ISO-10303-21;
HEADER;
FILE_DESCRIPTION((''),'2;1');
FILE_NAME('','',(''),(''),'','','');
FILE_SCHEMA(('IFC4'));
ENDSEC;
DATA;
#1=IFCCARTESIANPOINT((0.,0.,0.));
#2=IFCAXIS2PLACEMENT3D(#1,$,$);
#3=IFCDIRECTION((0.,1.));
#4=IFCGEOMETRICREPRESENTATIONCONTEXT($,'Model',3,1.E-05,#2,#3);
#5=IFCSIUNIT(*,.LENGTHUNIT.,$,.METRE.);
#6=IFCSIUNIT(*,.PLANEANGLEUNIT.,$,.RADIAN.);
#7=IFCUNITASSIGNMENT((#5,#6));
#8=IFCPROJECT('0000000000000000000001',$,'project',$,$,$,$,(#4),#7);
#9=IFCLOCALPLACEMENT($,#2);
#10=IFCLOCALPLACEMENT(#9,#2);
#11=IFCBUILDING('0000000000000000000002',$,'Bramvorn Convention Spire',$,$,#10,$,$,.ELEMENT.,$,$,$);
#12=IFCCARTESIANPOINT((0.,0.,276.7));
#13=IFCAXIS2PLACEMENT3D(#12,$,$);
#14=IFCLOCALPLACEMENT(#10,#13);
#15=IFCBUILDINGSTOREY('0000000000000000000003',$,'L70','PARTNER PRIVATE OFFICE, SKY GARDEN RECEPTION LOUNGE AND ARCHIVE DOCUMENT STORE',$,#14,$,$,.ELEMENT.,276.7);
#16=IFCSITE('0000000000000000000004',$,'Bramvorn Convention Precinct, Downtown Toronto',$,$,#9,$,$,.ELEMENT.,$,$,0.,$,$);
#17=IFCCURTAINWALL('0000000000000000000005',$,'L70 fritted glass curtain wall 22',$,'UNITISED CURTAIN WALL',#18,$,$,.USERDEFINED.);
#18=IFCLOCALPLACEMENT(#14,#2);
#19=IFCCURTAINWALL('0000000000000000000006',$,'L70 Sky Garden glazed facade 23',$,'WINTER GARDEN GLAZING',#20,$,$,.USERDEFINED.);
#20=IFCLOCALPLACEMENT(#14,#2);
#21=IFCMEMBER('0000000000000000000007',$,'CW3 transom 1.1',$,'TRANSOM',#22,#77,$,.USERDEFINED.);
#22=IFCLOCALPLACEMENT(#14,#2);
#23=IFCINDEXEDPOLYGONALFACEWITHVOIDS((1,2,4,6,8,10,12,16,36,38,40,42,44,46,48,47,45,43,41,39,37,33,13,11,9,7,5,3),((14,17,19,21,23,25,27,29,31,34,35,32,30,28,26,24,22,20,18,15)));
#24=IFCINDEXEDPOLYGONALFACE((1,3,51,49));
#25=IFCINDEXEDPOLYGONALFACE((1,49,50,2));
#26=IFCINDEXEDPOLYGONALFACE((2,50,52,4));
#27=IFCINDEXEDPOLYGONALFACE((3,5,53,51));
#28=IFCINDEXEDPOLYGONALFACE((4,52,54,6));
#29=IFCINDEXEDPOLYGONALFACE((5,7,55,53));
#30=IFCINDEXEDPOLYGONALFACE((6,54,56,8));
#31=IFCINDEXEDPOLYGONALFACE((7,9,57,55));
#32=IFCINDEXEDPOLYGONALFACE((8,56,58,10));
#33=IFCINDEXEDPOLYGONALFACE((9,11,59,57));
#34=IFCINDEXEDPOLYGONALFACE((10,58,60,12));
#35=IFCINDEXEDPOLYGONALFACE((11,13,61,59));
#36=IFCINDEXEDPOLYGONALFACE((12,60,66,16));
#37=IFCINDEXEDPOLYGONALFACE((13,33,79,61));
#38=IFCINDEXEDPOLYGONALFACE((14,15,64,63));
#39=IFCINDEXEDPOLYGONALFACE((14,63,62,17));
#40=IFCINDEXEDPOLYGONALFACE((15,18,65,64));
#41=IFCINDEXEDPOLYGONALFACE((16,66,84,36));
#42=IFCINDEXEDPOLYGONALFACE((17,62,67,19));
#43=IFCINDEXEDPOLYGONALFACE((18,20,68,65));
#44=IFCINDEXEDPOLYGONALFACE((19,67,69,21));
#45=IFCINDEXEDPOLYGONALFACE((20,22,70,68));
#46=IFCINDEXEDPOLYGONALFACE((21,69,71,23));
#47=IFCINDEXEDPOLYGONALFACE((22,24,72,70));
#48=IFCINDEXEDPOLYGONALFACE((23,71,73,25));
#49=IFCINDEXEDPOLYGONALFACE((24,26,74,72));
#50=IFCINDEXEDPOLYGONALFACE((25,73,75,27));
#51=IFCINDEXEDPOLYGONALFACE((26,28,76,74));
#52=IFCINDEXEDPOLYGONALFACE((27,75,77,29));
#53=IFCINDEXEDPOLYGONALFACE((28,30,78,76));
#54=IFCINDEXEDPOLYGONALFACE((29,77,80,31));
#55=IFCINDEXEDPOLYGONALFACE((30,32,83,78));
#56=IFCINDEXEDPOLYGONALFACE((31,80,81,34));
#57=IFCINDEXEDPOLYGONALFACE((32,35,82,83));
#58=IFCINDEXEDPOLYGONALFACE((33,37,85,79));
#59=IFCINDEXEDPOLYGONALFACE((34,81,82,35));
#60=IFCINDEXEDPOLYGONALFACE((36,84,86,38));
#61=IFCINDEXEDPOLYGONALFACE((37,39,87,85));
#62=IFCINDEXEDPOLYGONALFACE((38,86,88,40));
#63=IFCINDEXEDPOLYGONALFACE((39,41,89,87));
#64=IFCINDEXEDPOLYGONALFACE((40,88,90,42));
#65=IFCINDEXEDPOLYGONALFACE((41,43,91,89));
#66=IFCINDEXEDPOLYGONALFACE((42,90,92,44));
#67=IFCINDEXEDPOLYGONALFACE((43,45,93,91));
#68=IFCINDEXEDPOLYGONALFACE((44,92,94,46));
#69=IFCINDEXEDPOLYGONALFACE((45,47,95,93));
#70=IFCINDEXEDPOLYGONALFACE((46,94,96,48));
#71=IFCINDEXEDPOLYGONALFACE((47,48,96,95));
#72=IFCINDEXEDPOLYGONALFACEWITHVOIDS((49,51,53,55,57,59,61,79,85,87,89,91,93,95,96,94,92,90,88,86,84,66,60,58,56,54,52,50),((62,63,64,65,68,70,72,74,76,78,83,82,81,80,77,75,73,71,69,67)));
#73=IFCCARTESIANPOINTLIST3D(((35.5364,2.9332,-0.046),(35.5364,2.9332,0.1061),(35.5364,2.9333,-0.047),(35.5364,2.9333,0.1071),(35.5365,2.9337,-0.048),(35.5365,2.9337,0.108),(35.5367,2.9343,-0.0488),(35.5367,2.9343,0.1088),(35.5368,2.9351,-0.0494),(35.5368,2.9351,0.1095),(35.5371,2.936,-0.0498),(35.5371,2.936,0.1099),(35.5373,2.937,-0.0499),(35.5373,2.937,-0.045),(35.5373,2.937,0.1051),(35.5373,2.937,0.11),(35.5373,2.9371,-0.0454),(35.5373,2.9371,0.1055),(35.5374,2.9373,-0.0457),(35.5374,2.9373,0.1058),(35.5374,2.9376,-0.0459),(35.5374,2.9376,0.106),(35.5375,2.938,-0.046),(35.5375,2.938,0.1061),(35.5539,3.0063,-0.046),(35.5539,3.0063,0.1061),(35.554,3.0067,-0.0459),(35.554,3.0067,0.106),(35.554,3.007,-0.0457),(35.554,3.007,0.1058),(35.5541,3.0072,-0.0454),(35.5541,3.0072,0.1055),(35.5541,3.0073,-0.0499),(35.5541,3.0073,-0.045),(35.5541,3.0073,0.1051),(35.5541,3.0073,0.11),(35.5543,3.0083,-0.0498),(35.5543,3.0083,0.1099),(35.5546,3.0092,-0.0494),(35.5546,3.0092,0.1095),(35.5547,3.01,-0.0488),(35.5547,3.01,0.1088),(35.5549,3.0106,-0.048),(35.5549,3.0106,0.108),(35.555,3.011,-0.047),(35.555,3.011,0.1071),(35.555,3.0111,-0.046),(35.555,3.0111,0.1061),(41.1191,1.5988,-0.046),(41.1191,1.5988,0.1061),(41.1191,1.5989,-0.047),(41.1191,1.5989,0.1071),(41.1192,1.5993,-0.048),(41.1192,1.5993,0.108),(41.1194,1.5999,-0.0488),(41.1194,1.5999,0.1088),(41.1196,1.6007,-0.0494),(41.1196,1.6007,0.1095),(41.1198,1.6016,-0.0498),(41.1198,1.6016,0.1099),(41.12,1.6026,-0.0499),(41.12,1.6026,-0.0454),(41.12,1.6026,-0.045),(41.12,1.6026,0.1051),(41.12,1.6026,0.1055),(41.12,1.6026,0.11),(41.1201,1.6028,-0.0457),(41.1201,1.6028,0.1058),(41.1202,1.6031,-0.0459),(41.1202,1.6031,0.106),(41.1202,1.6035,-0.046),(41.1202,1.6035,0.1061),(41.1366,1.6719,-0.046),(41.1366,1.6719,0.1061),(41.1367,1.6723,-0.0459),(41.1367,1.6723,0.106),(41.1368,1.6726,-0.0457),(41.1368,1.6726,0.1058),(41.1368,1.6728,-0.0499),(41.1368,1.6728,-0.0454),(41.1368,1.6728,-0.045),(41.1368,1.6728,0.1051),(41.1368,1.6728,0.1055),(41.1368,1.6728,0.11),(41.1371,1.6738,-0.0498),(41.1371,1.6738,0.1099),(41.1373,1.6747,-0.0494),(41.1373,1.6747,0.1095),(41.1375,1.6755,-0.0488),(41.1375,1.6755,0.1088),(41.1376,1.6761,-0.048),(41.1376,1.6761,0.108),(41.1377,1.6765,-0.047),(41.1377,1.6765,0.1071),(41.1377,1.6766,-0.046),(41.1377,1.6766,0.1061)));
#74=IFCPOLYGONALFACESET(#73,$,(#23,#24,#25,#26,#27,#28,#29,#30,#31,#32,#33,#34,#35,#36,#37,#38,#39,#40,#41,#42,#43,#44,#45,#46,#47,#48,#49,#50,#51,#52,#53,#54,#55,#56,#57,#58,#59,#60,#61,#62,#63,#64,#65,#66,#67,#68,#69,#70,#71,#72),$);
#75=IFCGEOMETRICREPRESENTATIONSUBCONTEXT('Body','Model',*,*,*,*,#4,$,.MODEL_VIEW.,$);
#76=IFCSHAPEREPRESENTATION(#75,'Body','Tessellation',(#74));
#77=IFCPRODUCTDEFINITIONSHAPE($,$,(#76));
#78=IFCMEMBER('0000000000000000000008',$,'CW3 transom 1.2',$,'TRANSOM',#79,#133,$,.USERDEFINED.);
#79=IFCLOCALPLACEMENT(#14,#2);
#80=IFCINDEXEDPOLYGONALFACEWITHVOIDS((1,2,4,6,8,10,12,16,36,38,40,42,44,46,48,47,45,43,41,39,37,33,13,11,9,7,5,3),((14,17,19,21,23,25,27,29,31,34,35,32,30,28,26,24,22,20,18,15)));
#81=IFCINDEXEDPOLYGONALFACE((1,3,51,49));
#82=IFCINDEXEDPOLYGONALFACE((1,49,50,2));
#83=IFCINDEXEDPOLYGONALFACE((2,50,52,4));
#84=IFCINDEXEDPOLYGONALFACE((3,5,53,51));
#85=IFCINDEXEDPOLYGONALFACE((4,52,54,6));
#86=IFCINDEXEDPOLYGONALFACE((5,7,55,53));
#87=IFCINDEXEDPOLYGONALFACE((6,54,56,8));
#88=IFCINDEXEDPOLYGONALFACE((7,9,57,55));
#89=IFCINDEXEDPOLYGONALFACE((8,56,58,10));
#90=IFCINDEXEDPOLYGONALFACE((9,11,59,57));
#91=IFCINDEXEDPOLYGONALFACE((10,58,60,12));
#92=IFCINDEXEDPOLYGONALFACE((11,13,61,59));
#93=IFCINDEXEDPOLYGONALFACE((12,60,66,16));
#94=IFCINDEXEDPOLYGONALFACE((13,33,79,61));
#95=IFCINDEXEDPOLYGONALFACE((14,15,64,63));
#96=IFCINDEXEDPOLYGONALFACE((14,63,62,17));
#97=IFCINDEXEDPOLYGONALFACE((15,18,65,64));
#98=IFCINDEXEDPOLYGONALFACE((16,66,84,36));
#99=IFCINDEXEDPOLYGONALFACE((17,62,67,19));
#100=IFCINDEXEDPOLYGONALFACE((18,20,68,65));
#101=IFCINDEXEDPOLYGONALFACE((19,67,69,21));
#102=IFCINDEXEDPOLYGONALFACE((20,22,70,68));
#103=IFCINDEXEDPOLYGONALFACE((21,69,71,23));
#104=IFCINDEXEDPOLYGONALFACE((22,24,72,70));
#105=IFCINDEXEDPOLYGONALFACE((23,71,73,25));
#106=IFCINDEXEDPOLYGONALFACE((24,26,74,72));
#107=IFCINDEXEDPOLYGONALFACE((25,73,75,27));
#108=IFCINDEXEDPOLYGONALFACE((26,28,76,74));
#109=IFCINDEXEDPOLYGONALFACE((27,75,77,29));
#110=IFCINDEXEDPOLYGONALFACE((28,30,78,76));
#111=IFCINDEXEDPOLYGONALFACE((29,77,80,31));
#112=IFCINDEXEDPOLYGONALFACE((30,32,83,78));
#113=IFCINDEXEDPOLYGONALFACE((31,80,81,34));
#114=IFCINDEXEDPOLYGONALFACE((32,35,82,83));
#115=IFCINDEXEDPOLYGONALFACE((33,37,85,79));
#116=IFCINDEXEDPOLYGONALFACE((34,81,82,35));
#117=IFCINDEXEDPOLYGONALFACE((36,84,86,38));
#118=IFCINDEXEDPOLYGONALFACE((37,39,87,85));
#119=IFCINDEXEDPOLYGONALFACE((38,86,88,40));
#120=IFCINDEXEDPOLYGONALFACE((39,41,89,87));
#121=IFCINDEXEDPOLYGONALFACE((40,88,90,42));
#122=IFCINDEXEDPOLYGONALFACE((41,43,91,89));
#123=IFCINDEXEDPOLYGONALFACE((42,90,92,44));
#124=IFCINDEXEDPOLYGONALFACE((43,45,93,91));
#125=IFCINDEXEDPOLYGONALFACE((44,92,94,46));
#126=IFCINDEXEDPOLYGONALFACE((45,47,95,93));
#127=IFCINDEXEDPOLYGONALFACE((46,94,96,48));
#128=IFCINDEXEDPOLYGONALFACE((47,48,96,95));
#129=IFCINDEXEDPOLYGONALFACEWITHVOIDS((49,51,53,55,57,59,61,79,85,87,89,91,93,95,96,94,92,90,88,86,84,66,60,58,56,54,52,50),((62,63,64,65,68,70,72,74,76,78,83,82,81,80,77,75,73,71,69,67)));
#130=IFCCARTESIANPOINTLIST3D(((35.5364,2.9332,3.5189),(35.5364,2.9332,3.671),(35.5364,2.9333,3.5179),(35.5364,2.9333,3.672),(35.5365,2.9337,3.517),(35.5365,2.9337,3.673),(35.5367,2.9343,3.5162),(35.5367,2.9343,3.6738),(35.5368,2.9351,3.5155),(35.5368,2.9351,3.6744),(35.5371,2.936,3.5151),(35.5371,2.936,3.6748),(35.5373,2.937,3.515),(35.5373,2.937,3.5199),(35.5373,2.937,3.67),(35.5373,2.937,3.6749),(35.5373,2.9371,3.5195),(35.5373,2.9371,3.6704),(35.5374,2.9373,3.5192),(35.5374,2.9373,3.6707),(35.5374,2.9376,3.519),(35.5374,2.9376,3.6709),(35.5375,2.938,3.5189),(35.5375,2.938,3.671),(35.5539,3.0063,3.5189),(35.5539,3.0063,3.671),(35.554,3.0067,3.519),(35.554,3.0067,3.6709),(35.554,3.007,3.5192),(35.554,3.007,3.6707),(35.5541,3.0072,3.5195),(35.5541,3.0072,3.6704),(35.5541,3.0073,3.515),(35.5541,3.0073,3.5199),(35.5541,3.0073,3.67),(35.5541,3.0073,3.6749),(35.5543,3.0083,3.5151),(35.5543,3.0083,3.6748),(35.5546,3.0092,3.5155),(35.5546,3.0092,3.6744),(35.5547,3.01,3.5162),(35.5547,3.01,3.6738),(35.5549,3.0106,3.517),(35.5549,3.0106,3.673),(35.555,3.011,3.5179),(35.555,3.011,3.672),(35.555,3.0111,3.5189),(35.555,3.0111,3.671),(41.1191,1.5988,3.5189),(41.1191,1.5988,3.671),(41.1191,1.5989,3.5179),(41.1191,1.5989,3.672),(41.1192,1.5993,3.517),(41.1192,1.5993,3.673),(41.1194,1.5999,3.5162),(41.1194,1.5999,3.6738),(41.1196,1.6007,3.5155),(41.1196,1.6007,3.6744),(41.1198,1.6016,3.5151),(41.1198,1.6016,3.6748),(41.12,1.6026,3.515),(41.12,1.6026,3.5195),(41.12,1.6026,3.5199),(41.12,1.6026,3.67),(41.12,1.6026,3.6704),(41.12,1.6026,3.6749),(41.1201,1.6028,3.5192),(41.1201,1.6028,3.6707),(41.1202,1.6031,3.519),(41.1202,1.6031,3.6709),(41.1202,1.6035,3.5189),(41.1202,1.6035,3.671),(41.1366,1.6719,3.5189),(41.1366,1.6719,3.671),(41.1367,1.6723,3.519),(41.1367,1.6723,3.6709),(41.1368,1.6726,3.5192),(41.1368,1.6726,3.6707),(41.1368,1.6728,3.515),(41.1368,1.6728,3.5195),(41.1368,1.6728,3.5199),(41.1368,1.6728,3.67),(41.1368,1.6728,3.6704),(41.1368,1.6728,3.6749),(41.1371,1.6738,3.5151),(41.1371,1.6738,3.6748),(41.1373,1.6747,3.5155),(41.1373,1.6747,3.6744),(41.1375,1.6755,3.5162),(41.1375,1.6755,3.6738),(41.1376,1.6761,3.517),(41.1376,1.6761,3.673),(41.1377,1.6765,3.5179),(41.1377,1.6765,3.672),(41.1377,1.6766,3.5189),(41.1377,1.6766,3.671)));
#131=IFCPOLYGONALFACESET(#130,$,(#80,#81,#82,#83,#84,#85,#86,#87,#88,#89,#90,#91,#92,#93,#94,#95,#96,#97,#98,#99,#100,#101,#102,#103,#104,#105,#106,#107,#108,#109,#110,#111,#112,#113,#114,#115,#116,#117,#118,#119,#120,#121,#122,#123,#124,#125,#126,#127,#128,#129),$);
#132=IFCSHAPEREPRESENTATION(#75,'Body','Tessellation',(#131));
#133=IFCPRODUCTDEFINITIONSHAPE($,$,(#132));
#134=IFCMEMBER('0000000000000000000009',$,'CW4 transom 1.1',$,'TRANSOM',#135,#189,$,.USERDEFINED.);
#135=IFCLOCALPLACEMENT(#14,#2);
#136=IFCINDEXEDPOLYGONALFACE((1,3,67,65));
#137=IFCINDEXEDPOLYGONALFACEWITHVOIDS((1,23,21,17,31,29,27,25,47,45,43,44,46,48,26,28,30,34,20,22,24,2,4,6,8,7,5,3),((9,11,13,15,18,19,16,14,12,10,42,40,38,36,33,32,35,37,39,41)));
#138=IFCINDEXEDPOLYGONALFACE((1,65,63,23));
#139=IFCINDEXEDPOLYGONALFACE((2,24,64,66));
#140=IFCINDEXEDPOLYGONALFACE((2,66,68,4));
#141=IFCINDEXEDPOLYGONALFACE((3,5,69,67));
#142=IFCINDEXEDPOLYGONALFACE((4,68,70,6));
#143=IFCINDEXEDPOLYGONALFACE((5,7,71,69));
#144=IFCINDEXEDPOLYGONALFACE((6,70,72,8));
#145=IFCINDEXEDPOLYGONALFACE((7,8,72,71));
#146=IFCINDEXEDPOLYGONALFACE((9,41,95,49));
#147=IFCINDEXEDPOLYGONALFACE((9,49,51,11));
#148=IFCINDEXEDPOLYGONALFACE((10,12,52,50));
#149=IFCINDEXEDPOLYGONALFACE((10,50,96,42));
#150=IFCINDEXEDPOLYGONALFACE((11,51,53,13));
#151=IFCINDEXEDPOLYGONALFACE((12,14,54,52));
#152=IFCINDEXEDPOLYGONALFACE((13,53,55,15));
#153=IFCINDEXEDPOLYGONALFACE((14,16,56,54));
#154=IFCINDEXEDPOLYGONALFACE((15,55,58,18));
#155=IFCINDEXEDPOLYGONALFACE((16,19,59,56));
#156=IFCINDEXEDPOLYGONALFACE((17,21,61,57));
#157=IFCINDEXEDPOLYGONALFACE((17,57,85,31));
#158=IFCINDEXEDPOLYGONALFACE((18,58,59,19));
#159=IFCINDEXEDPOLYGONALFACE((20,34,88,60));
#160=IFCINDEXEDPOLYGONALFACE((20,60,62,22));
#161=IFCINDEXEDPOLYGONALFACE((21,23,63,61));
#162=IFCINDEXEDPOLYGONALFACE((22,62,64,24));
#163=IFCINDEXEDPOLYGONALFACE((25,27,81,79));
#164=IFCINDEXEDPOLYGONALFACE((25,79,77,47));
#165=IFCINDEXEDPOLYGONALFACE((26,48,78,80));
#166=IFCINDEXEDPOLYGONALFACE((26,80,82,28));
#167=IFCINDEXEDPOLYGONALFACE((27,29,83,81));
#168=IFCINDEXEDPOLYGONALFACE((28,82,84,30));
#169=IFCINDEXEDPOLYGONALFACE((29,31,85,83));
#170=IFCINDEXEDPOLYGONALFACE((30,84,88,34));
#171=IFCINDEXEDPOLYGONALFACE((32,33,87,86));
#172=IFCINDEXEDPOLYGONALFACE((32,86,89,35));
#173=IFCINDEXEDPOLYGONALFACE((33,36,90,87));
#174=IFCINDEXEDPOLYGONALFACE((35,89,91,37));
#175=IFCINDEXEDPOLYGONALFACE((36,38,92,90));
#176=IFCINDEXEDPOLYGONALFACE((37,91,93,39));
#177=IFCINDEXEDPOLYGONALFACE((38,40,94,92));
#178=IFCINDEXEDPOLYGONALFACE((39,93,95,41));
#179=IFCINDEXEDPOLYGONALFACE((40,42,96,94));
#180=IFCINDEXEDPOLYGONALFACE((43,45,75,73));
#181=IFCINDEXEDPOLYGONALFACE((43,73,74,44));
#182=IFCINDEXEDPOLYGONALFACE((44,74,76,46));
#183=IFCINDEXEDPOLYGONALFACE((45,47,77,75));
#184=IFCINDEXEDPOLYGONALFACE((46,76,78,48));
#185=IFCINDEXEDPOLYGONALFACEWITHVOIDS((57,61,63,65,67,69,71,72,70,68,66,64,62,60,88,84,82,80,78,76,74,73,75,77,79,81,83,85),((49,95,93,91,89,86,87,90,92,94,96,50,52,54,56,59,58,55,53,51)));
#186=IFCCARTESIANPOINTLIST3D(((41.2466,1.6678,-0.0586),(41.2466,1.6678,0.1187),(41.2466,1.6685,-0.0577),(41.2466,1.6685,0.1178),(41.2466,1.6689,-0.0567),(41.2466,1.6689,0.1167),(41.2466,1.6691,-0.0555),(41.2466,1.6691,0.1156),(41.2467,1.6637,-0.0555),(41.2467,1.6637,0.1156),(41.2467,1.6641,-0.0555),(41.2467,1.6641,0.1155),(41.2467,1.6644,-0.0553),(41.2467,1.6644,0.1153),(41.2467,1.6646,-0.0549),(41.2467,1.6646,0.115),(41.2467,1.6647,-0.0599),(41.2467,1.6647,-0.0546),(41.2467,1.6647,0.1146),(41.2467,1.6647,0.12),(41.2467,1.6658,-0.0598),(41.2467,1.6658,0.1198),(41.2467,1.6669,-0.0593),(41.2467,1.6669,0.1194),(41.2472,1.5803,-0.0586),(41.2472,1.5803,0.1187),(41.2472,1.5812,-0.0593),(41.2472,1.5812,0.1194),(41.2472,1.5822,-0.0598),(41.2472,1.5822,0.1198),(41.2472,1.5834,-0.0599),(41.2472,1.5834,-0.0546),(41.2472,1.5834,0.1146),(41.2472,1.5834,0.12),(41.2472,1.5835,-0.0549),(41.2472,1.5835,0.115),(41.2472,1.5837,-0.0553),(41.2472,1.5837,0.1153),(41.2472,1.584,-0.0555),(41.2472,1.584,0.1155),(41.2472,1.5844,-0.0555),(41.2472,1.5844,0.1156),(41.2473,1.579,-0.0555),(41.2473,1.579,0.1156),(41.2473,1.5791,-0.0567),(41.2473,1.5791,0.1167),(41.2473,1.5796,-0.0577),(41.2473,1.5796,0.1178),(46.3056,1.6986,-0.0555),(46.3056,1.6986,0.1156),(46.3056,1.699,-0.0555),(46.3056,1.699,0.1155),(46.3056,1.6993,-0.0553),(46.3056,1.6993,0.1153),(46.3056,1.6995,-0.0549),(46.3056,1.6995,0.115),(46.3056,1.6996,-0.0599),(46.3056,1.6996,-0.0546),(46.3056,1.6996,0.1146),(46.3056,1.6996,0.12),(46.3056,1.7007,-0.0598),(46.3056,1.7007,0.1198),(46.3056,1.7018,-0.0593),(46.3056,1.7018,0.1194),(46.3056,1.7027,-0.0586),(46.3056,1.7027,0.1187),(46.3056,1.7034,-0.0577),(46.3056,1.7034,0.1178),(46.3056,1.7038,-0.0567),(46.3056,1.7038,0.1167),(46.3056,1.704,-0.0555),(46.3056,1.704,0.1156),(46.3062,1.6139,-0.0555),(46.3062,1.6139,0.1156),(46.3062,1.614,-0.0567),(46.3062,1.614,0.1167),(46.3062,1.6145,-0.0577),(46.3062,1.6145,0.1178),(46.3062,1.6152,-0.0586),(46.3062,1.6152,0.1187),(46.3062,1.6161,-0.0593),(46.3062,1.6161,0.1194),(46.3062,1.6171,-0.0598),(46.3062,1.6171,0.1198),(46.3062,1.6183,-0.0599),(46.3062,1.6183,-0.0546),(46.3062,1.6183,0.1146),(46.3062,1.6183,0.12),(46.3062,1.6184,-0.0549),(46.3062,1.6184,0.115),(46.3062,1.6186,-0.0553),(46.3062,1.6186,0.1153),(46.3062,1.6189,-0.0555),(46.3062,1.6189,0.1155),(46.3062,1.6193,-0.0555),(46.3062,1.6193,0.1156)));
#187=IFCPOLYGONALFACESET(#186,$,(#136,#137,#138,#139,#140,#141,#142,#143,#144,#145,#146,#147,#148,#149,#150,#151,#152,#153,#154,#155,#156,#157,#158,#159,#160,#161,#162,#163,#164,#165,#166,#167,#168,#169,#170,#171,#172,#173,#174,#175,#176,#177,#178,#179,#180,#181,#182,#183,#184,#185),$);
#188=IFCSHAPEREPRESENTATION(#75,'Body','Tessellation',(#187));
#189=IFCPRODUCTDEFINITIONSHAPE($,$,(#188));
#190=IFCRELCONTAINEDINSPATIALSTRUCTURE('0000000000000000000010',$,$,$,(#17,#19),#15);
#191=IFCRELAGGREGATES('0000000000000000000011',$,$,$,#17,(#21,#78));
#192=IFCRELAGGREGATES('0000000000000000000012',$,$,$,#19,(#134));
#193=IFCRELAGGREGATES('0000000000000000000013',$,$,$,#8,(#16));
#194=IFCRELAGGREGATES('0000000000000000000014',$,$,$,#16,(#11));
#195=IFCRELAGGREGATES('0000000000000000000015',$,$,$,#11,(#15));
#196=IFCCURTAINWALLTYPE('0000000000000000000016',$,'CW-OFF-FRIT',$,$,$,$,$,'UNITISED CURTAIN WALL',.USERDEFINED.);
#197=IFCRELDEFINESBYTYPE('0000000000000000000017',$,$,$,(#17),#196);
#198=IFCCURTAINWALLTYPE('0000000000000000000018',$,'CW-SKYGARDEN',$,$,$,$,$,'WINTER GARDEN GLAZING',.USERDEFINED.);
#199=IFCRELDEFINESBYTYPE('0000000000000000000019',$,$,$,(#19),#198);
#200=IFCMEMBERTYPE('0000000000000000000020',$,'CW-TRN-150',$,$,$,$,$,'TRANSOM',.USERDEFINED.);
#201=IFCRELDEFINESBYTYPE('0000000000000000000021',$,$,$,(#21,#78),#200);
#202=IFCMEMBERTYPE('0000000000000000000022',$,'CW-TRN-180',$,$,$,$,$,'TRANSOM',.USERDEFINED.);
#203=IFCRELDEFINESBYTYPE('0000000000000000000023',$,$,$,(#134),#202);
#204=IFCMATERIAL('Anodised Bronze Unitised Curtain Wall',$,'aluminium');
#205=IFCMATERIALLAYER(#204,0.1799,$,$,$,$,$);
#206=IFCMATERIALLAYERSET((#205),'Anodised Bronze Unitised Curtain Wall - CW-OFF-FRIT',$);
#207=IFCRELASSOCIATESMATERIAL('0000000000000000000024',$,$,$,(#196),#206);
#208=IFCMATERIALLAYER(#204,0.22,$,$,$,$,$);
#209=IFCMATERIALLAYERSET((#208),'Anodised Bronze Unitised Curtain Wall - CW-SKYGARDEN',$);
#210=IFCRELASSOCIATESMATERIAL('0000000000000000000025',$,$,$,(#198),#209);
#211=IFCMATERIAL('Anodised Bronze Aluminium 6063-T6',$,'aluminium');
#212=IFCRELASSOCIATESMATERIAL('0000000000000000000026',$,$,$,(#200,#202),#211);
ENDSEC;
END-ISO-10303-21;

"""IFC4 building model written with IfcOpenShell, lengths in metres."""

from ifc_helpers import new_model, si_unit, direction, frame, origin, origin_2d, place, context, subcontext, project, spatial, hollow_rectangle, extrude, material, layer, layer_set, material_profile, profile_set, type_object, element, aggregate, save


model = new_model("IFC4")

# Units and contexts
model_context = context("Model", 3, precision=1e-05, world=origin(), true_north=direction((0.0, 1.0)))
body_context = subcontext(model_context, "Body", "Model", "MODEL_VIEW")
ifc_project = project(units=[si_unit("LENGTHUNIT", "METRE"), si_unit("PLANEANGLEUNIT", "RADIAN")], contexts=[model_context])

# Site, building, storey
site_placement = place(None, origin())
site = spatial("IfcSite", under=ifc_project, at=site_placement, Name="Bramvorn Convention Precinct, Downtown Toronto", CompositionType="ELEMENT", RefElevation=0.0)
building_placement = place(site_placement, origin())
building = spatial("IfcBuilding", under=site, at=building_placement, Name="Bramvorn Convention Spire", CompositionType="ELEMENT")
storey_placement = place(building_placement, frame((0.0, 0.0, 276.7)))
storey = spatial("IfcBuildingStorey", under=building, at=storey_placement, Name="L70", Description="PARTNER PRIVATE OFFICE, SKY GARDEN RECEPTION LOUNGE AND ARCHIVE DOCUMENT STORE", CompositionType="ELEMENT", Elevation=276.7)

# Curtain wall
ifc_material_1 = material(Name="Anodised Bronze Unitised Curtain Wall", Category="aluminium")
ifc_layer_1 = layer(ifc_material_1, 0.1799)
ifc_layer_set_1 = layer_set([ifc_layer_1], Name="Anodised Bronze Unitised Curtain Wall - CW-OFF-FRIT")
curtain_wall_type_1 = type_object("IfcCurtainWallType", Name="CW-OFF-FRIT", ElementType="UNITISED CURTAIN WALL", PredefinedType="USERDEFINED", material=ifc_layer_set_1)
curtain_wall_1_placement = place(storey_placement, origin())
curtain_wall_1 = element("IfcCurtainWall", 1, at=curtain_wall_1_placement, inside=storey, type_object=curtain_wall_type_1, Name="L70 fritted glass curtain wall 22", ObjectType="UNITISED CURTAIN WALL", PredefinedType="USERDEFINED")
ifc_material_2 = material(Name="Anodised Bronze Aluminium 6063-T6", Category="aluminium")

# Curtain wall
ifc_layer_2 = layer(ifc_material_1, 0.22)
ifc_layer_set_2 = layer_set([ifc_layer_2], Name="Anodised Bronze Unitised Curtain Wall - CW-SKYGARDEN")
curtain_wall_type_2 = type_object("IfcCurtainWallType", Name="CW-SKYGARDEN", ElementType="WINTER GARDEN GLAZING", PredefinedType="USERDEFINED", material=ifc_layer_set_2)
curtain_wall_2_placement = place(storey_placement, origin())
curtain_wall_2 = element("IfcCurtainWall", 2, at=curtain_wall_2_placement, inside=storey, type_object=curtain_wall_type_2, Name="L70 Sky Garden glazed facade 23", ObjectType="WINTER GARDEN GLAZING", PredefinedType="USERDEFINED")

# Members
ifc_material_profile_1 = material_profile(ifc_material_2, hollow_rectangle(XDim=0.0801, YDim=0.1599, WallThickness=0.0039, InnerFilletRadius=0.001, OuterFilletRadius=0.0039, at=origin_2d()))
ifc_profile_set_1 = profile_set([ifc_material_profile_1], Name="Anodised Bronze Aluminium 6063-T6 - CWT80X160")
member_type_1 = type_object("IfcMemberType", Name="CW-TRN-150", ElementType="TRANSOM", PredefinedType="USERDEFINED", material=ifc_profile_set_1)
member_1_placement = place(storey_placement, frame((41.1284, 1.6377, 0.03), z_axis=(-0.9726, 0.232485, 0.0), x_axis=(-0.232485, -0.9726, 0.0)))
member_1 = element("IfcMember", 3, at=member_1_placement, type_object=member_type_1, Name="CW3 transom 1.1", ObjectType="TRANSOM", PredefinedType="USERDEFINED", context=body_context, shape_type="SweptSolid", body=[
    extrude(hollow_rectangle(XDim=0.0801, YDim=0.1599, WallThickness=0.0039, InnerFilletRadius=0.001, OuterFilletRadius=0.0039, at=origin_2d()), origin(), (0.0, 0.0, 1.0), 5.74),
])
member_2_placement = place(storey_placement, frame((41.1284, 1.6377, 3.595), z_axis=(-0.9726, 0.232485, 0.0), x_axis=(-0.232485, -0.9726, 0.0)))
member_2 = element("IfcMember", 4, at=member_2_placement, type_object=member_type_1, Name="CW3 transom 1.2", ObjectType="TRANSOM", PredefinedType="USERDEFINED", context=body_context, shape_type="SweptSolid", body=[
    extrude(hollow_rectangle(XDim=0.0801, YDim=0.1599, WallThickness=0.0039, InnerFilletRadius=0.001, OuterFilletRadius=0.0039, at=origin_2d()), origin(), (0.0, 0.0, 1.0), 5.74),
])
ifc_material_profile_2 = material_profile(ifc_material_2, hollow_rectangle(XDim=0.0901, YDim=0.1799, WallThickness=0.0044, InnerFilletRadius=0.001, OuterFilletRadius=0.0044, at=origin_2d()))
ifc_profile_set_2 = profile_set([ifc_material_profile_2], Name="Anodised Bronze Aluminium 6063-T6 - CWT90X180")
member_type_2 = type_object("IfcMemberType", Name="CW-TRN-180", ElementType="TRANSOM", PredefinedType="USERDEFINED", material=ifc_profile_set_2)
member_3_placement = place(storey_placement, frame((46.3059, 1.6589, 0.03), z_axis=(-0.999976, -0.006901, 0.0), x_axis=(0.006901, -0.999976, 0.0)))
member_3 = element("IfcMember", 5, at=member_3_placement, type_object=member_type_2, Name="CW4 transom 1.1", ObjectType="TRANSOM", PredefinedType="USERDEFINED", context=body_context, shape_type="SweptSolid", body=[
    extrude(hollow_rectangle(XDim=0.0901, YDim=0.1799, WallThickness=0.0044, InnerFilletRadius=0.001, OuterFilletRadius=0.0044, at=origin_2d()), origin(), (0.0, 0.0, 1.0), 5.0591),
])

aggregate(curtain_wall_1, [member_1, member_2])
aggregate(curtain_wall_2, [member_3])

save(model, "model.ifc")
